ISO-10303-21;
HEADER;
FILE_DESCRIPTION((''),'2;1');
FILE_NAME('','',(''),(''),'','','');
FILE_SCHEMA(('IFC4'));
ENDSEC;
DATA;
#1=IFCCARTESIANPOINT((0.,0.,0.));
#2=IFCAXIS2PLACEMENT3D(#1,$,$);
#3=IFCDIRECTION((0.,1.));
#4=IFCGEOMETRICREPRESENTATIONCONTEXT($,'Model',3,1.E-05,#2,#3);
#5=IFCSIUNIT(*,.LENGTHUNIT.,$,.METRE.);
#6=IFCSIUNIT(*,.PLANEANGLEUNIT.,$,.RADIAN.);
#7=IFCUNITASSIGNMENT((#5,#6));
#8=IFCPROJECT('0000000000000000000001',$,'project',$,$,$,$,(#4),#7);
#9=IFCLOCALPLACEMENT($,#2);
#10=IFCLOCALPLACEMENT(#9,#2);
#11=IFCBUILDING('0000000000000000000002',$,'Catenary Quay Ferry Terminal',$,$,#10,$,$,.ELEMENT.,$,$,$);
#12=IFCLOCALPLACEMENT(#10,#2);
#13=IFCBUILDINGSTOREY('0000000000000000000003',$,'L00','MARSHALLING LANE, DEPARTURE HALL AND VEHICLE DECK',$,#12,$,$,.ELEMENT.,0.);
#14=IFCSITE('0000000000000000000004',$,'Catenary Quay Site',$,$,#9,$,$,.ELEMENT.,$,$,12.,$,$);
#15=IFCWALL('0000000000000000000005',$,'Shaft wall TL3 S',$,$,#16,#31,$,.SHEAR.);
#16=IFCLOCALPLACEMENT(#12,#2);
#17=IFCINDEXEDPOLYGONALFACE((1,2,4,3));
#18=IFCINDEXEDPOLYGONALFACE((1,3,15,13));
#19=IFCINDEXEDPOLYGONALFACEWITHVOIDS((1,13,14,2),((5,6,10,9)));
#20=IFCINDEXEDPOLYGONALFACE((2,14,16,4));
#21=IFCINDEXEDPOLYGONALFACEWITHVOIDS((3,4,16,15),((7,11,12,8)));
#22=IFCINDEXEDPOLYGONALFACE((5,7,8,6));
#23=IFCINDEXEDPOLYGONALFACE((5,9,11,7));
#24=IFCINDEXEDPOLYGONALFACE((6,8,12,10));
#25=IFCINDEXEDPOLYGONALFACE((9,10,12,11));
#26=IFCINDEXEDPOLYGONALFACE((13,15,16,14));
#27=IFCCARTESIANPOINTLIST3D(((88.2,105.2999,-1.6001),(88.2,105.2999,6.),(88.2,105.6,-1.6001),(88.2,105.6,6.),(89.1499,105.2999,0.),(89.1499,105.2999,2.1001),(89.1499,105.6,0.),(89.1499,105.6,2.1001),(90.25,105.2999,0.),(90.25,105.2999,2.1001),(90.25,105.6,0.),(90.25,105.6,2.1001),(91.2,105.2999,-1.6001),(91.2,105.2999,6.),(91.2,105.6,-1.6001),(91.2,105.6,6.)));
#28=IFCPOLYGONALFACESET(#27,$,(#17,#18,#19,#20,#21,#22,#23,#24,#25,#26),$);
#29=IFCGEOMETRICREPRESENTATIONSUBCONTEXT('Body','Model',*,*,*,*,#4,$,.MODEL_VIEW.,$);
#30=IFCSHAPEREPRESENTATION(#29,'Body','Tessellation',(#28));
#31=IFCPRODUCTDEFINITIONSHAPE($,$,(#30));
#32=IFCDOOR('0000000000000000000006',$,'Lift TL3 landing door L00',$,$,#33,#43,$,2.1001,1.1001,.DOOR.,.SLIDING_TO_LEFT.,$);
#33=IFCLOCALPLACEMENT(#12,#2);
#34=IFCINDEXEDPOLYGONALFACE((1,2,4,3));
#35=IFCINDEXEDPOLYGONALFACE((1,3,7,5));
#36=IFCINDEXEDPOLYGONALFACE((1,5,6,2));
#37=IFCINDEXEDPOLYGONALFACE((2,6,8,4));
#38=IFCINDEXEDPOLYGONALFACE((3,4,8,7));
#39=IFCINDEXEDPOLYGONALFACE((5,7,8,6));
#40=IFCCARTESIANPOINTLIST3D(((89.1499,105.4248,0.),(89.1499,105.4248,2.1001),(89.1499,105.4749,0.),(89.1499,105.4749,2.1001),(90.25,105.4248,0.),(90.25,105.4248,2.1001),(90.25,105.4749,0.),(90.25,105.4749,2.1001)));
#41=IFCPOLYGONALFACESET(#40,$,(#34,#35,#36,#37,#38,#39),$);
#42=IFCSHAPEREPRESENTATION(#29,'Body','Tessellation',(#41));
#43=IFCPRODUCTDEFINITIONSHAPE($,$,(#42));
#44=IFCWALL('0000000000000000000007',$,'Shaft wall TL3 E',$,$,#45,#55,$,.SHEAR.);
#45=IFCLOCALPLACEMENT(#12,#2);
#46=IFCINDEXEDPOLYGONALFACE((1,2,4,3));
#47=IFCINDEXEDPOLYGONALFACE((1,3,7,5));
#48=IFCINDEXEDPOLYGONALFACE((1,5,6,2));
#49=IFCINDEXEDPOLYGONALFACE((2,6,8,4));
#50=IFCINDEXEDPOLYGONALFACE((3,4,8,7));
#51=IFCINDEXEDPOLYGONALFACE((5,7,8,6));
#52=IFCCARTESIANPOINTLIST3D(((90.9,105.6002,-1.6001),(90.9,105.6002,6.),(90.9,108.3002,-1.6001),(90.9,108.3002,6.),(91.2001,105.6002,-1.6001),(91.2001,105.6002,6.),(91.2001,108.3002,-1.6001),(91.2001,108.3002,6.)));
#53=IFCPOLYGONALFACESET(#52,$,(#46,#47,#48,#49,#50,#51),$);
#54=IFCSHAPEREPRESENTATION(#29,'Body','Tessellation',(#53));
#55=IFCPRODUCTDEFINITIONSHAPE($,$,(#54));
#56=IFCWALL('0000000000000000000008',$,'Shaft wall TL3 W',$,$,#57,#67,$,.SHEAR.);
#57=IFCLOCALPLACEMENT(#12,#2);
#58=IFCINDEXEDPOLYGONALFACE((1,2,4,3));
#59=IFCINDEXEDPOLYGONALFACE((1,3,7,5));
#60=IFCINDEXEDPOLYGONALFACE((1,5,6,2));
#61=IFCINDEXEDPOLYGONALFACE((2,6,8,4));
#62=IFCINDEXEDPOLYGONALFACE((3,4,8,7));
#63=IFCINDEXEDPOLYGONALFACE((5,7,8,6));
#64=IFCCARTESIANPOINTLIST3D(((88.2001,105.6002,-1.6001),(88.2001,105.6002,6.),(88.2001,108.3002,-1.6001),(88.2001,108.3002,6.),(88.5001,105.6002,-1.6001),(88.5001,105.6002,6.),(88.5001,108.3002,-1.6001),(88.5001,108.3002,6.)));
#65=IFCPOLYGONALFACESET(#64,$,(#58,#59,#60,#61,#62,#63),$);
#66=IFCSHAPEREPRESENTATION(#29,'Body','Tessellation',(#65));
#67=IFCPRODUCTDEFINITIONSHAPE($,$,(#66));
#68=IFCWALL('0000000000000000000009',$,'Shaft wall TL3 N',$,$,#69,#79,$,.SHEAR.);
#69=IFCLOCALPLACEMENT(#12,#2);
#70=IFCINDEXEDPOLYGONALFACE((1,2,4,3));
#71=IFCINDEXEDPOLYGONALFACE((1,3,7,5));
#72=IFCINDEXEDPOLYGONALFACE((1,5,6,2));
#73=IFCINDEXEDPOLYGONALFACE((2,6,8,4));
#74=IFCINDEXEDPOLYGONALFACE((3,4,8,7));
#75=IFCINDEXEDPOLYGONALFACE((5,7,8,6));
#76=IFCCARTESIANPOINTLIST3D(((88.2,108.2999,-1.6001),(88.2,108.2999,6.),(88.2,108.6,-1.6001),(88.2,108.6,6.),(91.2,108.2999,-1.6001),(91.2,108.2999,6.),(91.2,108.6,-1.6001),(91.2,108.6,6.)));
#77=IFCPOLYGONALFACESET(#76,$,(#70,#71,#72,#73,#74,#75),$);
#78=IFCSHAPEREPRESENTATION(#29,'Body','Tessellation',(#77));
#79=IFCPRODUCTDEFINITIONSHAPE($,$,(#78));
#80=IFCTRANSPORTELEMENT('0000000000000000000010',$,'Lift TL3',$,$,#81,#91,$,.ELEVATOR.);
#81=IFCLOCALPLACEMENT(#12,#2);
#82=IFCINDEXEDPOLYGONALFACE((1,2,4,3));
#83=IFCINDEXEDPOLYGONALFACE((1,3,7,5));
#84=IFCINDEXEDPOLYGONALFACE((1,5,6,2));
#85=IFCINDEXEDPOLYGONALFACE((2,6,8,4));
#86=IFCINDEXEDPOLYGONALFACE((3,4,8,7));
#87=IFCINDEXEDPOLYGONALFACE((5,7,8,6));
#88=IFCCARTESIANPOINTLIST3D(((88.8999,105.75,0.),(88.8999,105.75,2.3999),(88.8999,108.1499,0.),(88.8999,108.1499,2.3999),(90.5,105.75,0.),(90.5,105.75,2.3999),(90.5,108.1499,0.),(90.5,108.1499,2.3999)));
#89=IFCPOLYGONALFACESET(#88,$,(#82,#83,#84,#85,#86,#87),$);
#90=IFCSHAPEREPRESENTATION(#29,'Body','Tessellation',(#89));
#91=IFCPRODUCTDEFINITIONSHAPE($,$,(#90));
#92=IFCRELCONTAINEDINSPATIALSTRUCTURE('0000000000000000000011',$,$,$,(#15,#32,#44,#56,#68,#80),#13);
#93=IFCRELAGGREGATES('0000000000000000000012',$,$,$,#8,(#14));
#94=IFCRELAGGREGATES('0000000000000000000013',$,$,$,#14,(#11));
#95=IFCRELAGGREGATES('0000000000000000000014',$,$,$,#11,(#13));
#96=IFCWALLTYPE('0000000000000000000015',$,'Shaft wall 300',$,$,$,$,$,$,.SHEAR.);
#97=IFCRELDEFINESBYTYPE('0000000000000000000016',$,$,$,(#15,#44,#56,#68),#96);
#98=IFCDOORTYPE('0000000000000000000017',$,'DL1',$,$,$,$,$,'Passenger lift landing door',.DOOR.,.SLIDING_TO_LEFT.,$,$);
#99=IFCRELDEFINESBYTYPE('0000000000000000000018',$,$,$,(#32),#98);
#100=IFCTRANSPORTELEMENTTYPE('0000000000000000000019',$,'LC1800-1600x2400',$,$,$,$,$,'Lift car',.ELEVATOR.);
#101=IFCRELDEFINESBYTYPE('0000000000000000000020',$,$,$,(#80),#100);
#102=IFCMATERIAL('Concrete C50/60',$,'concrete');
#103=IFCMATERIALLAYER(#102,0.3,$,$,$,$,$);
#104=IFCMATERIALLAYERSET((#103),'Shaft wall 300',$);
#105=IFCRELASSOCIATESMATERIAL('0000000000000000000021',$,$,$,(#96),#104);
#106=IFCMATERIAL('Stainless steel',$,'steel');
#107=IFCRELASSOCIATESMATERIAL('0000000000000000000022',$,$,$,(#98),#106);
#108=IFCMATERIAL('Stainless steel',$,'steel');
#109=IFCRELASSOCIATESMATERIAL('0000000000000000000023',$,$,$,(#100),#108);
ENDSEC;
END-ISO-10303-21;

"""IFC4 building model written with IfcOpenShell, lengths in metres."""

from ifc_helpers import new_model, si_unit, direction, frame, frame_2d, origin, origin_2d, place, context, subcontext, project, spatial, rectangle, extrude, material, layer, layer_set, type_object, element, fill, save


model = new_model("IFC4")

# Units and contexts
model_context = context("Model", 3, precision=1e-05, world=origin(), true_north=direction((0.0, 1.0)))
body_context = subcontext(model_context, "Body", "Model", "MODEL_VIEW")
ifc_project = project(units=[si_unit("LENGTHUNIT", "METRE"), si_unit("PLANEANGLEUNIT", "RADIAN")], contexts=[model_context])

# Site, building, storey
site_placement = place(None, origin())
site = spatial("IfcSite", under=ifc_project, at=site_placement, Name="Catenary Quay Site", CompositionType="ELEMENT", RefElevation=12.0)
building_placement = place(site_placement, origin())
building = spatial("IfcBuilding", under=site, at=building_placement, Name="Catenary Quay Ferry Terminal", CompositionType="ELEMENT")
storey_placement = place(building_placement, origin())
storey = spatial("IfcBuildingStorey", under=building, at=storey_placement, Name="L00", Description="MARSHALLING LANE, DEPARTURE HALL AND VEHICLE DECK", CompositionType="ELEMENT", Elevation=0.0)

# Wall, opening, door
ifc_material_1 = material(Name="Concrete C50/60", Category="concrete")
ifc_layer_1 = layer(ifc_material_1, 0.3)
ifc_layer_set_1 = layer_set([ifc_layer_1], Name="Shaft wall 300")
wall_type_1 = type_object("IfcWallType", Name="Shaft wall 300", PredefinedType="SHEAR", material=ifc_layer_set_1)
wall_1_placement = place(storey_placement, frame((88.2, 105.45, -1.6001), z_axis=(0.0, 0.0, 1.0), x_axis=(1.0, 0.0, 0.0)))
wall_1 = element("IfcWall", 1, at=wall_1_placement, inside=storey, type_object=wall_type_1, Name="Shaft wall TL3 S", PredefinedType="SHEAR", context=body_context, shape_type="SweptSolid", body=[
    extrude(rectangle(XDim=3.0, YDim=0.3, at=frame_2d((1.5, 0.0))), origin(), (0.0, 0.0, 1.0), 7.6001),
])
opening_1_placement = place(wall_1_placement, frame((0.95, 0.0, 1.6001)))
opening_1 = element("IfcOpeningElement", 2, at=opening_1_placement, cuts=wall_1, PredefinedType="OPENING", context=body_context, shape_type="SweptSolid", body=[
    extrude(rectangle(XDim=1.1001, YDim=2.1001, at=frame_2d((0.55, 1.05))), frame((0.0, 0.1599, 0.0), z_axis=(0.0, -1.0, 0.0), x_axis=(1.0, 0.0, 0.0)), (0.0, 0.0, 1.0), 0.3201),
])
ifc_material_2 = material(Name="Stainless steel", Category="steel")
door_type_1 = type_object("IfcDoorType", Name="DL1", ElementType="Passenger lift landing door", OperationType="SLIDING_TO_LEFT", PredefinedType="DOOR", material=ifc_material_2)
door_1_placement = place(opening_1_placement, origin())
door_1 = element("IfcDoor", 3, at=door_1_placement, inside=storey, type_object=door_type_1, Name="Lift TL3 landing door L00", OperationType="SLIDING_TO_LEFT", OverallHeight=2.1001, OverallWidth=1.1001, PredefinedType="DOOR", context=body_context, shape_type="SweptSolid", body=[
    extrude(rectangle(XDim=1.1001, YDim=2.1001, at=frame_2d((0.55, 1.05))), frame((0.0, 0.0249, 0.0), z_axis=(0.0, -1.0, 0.0), x_axis=(1.0, 0.0, 0.0)), (0.0, 0.0, 1.0), 0.05),
])
fill(opening_1, door_1)

# Walls
for number, where, z_axis, x_axis, name in (
    (4, (91.05, 105.6001, -1.6001), (0.0, 0.0, 1.0), (0.0, 1.0, 0.0), "Shaft wall TL3 E"),
    (5, (88.3501, 105.6001, -1.6001), (0.0, 0.0, 1.0), (0.0, 1.0, 0.0), "Shaft wall TL3 W"),
):
    element("IfcWall", number, at=place(storey_placement, frame(where, z_axis=z_axis, x_axis=x_axis)), inside=storey, type_object=wall_type_1, Name=name, PredefinedType="SHEAR", context=body_context, shape_type="SweptSolid", body=[
        extrude(rectangle(XDim=2.7, YDim=0.3, at=frame_2d((1.3501, 0.0))), origin(), (0.0, 0.0, 1.0), 7.6001),
    ])
wall_2_placement = place(storey_placement, frame((88.2, 108.45, -1.6001), z_axis=(0.0, 0.0, 1.0), x_axis=(1.0, 0.0, 0.0)))
element("IfcWall", 6, at=wall_2_placement, inside=storey, type_object=wall_type_1, Name="Shaft wall TL3 N", PredefinedType="SHEAR", context=body_context, shape_type="SweptSolid", body=[
    extrude(rectangle(XDim=3.0, YDim=0.3, at=frame_2d((1.5, 0.0))), origin(), (0.0, 0.0, 1.0), 7.6001),
])

# Transport element
ifc_material_3 = material(Name="Stainless steel", Category="steel")
transport_element_type = type_object("IfcTransportElementType", Name="LC1800-1600x2400", ElementType="Lift car", PredefinedType="ELEVATOR", material=ifc_material_3)
transport_element_placement = place(storey_placement, frame((89.7, 106.95, 0.0), z_axis=(0.0, 0.0, 1.0), x_axis=(1.0, 0.0, 0.0)))
element("IfcTransportElement", 7, at=transport_element_placement, inside=storey, type_object=transport_element_type, Name="Lift TL3", PredefinedType="ELEVATOR", context=body_context, shape_type="SweptSolid", body=[
    extrude(rectangle(XDim=1.6001, YDim=2.3999, at=origin_2d()), origin(), (0.0, 0.0, 1.0), 2.3999),
])

save(model, "model.ifc")
